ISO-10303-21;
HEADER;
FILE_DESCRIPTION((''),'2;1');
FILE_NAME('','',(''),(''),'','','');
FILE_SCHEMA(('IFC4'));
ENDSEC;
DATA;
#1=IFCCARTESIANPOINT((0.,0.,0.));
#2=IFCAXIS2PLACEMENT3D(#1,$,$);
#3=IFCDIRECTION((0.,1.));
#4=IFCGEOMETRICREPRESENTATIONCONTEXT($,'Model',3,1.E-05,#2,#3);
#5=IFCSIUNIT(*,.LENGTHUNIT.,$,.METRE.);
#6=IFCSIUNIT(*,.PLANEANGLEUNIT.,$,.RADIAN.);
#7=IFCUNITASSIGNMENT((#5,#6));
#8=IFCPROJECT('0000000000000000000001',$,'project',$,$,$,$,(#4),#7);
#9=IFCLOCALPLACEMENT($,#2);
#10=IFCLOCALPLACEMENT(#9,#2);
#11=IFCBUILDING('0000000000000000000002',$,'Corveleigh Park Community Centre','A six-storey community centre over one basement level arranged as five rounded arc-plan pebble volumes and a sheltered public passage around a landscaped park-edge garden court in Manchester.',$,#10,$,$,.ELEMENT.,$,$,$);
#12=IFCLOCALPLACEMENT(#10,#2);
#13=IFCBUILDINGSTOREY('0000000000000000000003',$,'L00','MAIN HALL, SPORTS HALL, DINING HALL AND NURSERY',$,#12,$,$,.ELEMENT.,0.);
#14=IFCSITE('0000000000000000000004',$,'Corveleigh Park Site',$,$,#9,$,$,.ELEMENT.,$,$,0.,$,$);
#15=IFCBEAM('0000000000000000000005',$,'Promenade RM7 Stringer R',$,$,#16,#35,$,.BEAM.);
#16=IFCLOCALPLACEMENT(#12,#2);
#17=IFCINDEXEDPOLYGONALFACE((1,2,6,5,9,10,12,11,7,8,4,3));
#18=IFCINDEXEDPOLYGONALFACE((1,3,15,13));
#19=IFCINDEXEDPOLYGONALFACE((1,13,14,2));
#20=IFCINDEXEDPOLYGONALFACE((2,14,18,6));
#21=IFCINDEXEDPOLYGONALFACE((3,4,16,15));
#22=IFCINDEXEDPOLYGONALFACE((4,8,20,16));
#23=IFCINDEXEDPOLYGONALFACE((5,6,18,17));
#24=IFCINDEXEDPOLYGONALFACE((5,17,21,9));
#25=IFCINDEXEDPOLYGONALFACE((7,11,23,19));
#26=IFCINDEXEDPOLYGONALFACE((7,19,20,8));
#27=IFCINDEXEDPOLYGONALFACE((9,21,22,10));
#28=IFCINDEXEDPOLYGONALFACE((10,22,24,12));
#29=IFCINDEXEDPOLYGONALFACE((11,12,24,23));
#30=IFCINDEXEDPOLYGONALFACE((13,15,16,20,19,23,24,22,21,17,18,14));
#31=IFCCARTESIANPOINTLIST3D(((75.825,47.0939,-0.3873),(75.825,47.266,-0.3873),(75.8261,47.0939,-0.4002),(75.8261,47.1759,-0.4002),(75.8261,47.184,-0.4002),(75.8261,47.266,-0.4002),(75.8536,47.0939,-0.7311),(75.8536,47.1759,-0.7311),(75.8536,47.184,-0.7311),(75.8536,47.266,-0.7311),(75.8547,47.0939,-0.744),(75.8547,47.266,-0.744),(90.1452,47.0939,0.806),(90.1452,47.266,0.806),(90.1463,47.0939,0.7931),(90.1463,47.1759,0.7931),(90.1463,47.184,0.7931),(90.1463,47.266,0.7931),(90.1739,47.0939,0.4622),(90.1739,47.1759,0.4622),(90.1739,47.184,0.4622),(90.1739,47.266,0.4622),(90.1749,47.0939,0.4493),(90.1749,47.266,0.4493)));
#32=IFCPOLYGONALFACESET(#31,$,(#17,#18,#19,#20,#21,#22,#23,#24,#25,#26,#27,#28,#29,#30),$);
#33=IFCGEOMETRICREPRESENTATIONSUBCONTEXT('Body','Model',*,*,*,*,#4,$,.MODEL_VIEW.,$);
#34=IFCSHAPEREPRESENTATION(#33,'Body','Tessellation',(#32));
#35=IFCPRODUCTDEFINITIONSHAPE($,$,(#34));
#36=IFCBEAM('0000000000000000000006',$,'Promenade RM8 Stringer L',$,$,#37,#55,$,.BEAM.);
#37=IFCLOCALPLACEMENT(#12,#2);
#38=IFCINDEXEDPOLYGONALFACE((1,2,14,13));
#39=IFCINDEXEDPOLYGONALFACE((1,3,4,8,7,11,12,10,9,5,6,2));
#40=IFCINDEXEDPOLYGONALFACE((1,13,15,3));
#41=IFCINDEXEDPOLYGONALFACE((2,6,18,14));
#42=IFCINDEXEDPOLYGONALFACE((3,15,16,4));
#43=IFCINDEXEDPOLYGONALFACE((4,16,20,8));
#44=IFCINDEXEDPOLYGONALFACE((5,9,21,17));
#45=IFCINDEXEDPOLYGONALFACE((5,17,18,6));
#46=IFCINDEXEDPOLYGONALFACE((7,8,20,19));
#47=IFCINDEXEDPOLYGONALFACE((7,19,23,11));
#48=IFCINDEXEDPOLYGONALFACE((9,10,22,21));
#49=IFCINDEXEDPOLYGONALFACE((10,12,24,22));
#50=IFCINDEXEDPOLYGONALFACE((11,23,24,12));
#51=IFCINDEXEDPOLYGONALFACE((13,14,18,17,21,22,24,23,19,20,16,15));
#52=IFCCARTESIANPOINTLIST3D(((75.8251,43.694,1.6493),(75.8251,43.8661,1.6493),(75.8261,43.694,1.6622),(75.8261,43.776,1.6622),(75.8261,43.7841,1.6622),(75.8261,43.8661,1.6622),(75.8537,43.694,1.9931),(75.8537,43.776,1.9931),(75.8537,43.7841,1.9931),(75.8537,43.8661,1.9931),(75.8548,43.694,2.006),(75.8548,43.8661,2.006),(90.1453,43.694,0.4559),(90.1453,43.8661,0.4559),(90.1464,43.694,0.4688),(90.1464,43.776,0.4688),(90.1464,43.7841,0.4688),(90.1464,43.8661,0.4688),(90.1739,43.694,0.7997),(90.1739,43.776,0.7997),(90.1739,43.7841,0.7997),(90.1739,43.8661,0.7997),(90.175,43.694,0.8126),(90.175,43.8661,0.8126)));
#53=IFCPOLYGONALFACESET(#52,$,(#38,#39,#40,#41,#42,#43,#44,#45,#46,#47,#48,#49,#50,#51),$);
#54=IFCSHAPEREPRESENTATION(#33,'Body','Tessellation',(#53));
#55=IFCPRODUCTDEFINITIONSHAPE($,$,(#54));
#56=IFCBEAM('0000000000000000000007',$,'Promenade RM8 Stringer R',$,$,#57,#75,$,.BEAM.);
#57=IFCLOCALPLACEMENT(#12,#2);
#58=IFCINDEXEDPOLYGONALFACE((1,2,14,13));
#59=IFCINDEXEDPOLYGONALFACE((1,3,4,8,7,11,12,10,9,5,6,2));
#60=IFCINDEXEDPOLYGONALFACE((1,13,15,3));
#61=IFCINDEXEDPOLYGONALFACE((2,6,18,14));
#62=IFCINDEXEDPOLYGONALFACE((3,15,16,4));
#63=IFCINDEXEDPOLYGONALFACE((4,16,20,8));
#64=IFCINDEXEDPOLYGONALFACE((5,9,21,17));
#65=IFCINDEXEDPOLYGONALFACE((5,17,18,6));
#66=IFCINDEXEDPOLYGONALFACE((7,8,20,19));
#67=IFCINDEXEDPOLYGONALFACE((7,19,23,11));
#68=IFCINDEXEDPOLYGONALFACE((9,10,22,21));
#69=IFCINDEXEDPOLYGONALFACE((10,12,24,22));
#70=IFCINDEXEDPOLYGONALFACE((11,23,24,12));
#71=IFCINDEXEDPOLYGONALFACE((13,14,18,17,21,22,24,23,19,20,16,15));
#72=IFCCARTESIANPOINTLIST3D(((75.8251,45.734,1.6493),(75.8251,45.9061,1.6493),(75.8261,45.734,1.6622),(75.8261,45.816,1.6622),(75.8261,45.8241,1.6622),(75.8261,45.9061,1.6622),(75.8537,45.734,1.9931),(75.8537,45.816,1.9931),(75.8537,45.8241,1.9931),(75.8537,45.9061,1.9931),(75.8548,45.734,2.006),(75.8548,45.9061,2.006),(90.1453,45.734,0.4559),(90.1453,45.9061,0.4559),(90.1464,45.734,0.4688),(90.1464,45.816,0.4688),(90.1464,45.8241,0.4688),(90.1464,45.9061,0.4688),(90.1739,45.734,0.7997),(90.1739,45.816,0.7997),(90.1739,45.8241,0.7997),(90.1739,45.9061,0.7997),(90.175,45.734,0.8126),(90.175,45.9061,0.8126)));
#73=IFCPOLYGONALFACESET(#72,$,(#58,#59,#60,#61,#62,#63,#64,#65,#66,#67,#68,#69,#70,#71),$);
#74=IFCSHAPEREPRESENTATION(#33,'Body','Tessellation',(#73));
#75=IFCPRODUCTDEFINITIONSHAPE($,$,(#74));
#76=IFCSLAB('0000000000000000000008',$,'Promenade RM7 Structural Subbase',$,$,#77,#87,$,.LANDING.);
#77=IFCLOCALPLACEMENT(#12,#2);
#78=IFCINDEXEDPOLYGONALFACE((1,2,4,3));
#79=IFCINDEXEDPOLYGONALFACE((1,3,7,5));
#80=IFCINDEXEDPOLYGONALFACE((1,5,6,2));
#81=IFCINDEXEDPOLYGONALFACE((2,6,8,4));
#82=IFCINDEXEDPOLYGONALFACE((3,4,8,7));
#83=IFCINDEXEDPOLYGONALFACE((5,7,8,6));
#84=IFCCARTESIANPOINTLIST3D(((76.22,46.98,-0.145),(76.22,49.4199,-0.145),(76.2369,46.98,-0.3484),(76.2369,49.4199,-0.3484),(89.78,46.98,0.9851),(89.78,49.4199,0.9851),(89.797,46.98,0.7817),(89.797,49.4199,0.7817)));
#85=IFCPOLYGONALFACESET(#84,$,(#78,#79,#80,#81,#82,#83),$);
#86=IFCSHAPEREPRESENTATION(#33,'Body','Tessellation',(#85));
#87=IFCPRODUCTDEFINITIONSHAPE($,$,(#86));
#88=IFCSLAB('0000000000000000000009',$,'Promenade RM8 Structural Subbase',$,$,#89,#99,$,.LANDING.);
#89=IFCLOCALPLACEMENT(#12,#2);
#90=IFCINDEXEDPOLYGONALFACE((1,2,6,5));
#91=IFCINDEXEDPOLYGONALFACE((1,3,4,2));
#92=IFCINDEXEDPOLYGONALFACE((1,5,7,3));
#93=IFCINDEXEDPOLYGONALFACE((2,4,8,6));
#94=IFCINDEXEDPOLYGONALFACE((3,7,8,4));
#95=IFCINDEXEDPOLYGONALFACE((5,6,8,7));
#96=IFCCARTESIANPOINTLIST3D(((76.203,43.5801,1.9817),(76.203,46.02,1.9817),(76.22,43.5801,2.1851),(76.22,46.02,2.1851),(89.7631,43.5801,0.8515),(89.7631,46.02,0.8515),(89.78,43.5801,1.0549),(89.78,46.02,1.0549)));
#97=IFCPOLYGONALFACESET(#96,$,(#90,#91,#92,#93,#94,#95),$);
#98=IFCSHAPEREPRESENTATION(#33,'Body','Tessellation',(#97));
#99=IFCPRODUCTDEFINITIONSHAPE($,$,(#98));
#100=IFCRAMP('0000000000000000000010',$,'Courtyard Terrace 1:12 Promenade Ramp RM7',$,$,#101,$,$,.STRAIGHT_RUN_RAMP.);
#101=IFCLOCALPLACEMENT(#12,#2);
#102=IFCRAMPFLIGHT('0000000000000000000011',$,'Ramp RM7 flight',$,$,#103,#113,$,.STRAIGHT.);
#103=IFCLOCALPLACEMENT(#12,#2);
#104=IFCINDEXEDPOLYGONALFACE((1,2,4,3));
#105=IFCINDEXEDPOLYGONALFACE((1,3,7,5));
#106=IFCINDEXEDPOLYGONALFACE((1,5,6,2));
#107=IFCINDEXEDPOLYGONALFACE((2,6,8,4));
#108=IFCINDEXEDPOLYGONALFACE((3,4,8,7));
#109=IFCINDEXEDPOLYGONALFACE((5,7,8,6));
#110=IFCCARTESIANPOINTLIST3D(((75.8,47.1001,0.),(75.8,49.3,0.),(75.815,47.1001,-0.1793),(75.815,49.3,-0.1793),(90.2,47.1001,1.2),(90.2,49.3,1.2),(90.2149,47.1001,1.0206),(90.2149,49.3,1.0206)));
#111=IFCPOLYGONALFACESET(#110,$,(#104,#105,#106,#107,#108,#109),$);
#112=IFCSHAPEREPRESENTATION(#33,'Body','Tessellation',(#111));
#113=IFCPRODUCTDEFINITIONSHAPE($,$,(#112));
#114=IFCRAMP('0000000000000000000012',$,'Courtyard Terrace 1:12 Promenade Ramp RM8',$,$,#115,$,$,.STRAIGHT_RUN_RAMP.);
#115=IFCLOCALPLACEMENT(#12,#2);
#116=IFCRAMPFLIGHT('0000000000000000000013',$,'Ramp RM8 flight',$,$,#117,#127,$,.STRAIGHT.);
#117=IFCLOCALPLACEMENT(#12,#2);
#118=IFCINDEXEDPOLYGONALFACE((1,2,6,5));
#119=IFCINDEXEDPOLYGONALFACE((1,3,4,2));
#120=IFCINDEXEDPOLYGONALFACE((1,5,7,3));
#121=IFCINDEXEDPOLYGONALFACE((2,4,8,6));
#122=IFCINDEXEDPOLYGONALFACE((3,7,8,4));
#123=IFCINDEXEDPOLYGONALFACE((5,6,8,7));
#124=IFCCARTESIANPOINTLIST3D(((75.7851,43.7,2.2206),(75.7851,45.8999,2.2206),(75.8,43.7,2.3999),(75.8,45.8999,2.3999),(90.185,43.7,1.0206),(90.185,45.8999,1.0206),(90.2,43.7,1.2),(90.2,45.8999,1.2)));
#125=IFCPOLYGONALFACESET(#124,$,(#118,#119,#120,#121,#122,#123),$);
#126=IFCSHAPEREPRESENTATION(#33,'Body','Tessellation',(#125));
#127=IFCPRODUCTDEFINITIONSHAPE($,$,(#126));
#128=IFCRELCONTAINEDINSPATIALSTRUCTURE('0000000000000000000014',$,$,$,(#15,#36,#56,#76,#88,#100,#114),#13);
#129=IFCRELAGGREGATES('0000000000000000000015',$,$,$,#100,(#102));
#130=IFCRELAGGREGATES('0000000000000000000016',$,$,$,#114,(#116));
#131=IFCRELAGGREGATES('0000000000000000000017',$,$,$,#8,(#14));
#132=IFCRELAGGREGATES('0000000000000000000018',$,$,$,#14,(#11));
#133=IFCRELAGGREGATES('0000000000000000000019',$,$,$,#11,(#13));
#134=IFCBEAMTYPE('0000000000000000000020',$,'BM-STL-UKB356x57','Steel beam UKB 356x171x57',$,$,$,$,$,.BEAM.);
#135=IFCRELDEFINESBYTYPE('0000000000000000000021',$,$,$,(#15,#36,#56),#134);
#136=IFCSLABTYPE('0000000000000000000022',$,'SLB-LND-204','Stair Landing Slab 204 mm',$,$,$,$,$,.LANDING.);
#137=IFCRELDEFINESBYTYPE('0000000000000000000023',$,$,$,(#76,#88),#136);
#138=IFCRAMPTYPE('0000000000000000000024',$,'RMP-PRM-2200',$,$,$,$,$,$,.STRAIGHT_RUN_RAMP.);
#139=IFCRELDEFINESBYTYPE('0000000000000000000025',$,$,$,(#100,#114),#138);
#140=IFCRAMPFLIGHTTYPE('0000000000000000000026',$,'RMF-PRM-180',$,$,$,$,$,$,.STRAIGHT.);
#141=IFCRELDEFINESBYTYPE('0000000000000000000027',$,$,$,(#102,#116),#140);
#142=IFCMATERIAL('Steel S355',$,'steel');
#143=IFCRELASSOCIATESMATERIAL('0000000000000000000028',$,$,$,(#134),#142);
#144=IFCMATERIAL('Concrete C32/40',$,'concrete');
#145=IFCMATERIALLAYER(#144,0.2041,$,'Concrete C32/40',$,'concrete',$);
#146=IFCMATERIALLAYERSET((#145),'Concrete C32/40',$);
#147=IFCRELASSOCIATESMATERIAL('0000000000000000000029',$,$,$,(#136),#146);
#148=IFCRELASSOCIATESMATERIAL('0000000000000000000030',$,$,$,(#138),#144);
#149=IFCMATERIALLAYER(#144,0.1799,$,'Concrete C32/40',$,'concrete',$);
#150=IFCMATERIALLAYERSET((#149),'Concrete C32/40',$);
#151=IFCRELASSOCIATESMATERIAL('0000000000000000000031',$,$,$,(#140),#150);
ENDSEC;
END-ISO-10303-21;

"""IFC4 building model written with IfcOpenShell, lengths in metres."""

from ifc_helpers import new_model, si_unit, direction, frame, origin, origin_2d, place, context, subcontext, project, spatial, polyline, i_section, outline, extrude, material, layer, layer_set, material_profile, profile_set, type_object, element, aggregate, save


model = new_model("IFC4")

# Units and contexts
model_context = context("Model", 3, precision=1e-05, world=origin(), true_north=direction((0.0, 1.0)))
body_context = subcontext(model_context, "Body", "Model", "MODEL_VIEW")
ifc_project = project(units=[si_unit("LENGTHUNIT", "METRE"), si_unit("PLANEANGLEUNIT", "RADIAN")], contexts=[model_context])

# Site, building, storey
site_placement = place(None, origin())
site = spatial("IfcSite", under=ifc_project, at=site_placement, Name="Corveleigh Park Site", CompositionType="ELEMENT", RefElevation=0.0)
building_placement = place(site_placement, origin())
building = spatial("IfcBuilding", under=site, at=building_placement, Name="Corveleigh Park Community Centre", Description="A six-storey community centre over one basement level arranged as five rounded arc-plan pebble volumes and a sheltered public passage around a landscaped park-edge garden court in Manchester.", CompositionType="ELEMENT")
storey_placement = place(building_placement, origin())
storey = spatial("IfcBuildingStorey", under=building, at=storey_placement, Name="L00", Description="MAIN HALL, SPORTS HALL, DINING HALL AND NURSERY", CompositionType="ELEMENT", Elevation=0.0)

# Beams
ifc_material_1 = material(Name="Steel S355", Category="steel")
ifc_material_profile_1 = material_profile(ifc_material_1, i_section(OverallWidth=0.1721, OverallDepth=0.3579, WebThickness=0.0081, FlangeThickness=0.0129, at=origin_2d()), Name="UKB 356x171x57", Category="steel")
ifc_profile_set_1 = profile_set([ifc_material_profile_1], Name="Steel S355")
beam_type = type_object("IfcBeamType", Name="BM-STL-UKB356x57", Description="Steel beam UKB 356x171x57", PredefinedType="BEAM", material=ifc_profile_set_1)
for number, where, z_axis, x_axis, name in (
    (1, (75.8398, 47.1799, -0.5657), (0.996546, 0.0, 0.083045), (0.0, 1.0, 0.0), "Promenade RM7 Stringer R"),
    (2, (90.1602, 43.78, 0.6343), (-0.996546, 0.0, 0.083045), (0.0, -1.0, 0.0), "Promenade RM8 Stringer L"),
    (3, (90.1602, 45.8201, 0.6343), (-0.996546, 0.0, 0.083045), (0.0, -1.0, 0.0), "Promenade RM8 Stringer R"),
):
    element("IfcBeam", number, at=place(storey_placement, frame(where, z_axis=z_axis, x_axis=x_axis)), inside=storey, type_object=beam_type, Name=name, PredefinedType="BEAM", context=body_context, shape_type="SweptSolid", body=[
        extrude(i_section(OverallWidth=0.1721, OverallDepth=0.3579, WebThickness=0.0081, FlangeThickness=0.0129, at=origin_2d()), origin(), (0.0, 0.0, 1.0), 14.3699),
    ])

# Slabs
ifc_material_2 = material(Name="Concrete C32/40", Category="concrete")
ifc_layer_1 = layer(ifc_material_2, 0.2041, Name="Concrete C32/40", Category="concrete")
ifc_layer_set_1 = layer_set([ifc_layer_1], Name="Concrete C32/40")
slab_type = type_object("IfcSlabType", Name="SLB-LND-204", Description="Stair Landing Slab 204 mm", PredefinedType="LANDING", material=ifc_layer_set_1)
for number, where, z_axis, x_axis, name in (
    (4, (76.22, 46.98, -0.145), (-0.083054, 0.0, 0.996545), (0.996545, 0.0, 0.083054), "Promenade RM7 Structural Subbase"),
    (5, (89.78, 46.02, 1.0549), (0.083054, 0.0, 0.996545), (-0.996545, 0.0, 0.083054), "Promenade RM8 Structural Subbase"),
):
    element("IfcSlab", number, at=place(storey_placement, frame(where, z_axis=z_axis, x_axis=x_axis)), inside=storey, type_object=slab_type, Name=name, PredefinedType="LANDING", context=body_context, shape_type="SweptSolid", body=[
        extrude(outline(polyline([(0.0, 0.0), (13.6071, 0.0), (13.6071, 2.4399), (0.0, 2.4399), (0.0, 0.0)])), origin(), (0.0, 0.0, -1.0), 0.2041),
    ])

# Ramps, ramp flights
ramp_type = type_object("IfcRampType", Name="RMP-PRM-2200", PredefinedType="STRAIGHT_RUN_RAMP", material=ifc_material_2)
ramp_1_placement = place(storey_placement, origin())
ramp_1 = element("IfcRamp", 6, at=ramp_1_placement, inside=storey, type_object=ramp_type, Name="Courtyard Terrace 1:12 Promenade Ramp RM7", PredefinedType="STRAIGHT_RUN_RAMP")
ifc_layer_2 = layer(ifc_material_2, 0.1799, Name="Concrete C32/40", Category="concrete")
ifc_layer_set_2 = layer_set([ifc_layer_2], Name="Concrete C32/40")
ramp_flight_type = type_object("IfcRampFlightType", Name="RMF-PRM-180", PredefinedType="STRAIGHT", material=ifc_layer_set_2)
ramp_flight_1_placement = place(storey_placement, frame((75.8, 47.1001, 0.0), z_axis=(-0.083043, 0.0, 0.996546), x_axis=(0.996546, 0.0, 0.083043)))
ramp_flight_1 = element("IfcRampFlight", 7, at=ramp_flight_1_placement, type_object=ramp_flight_type, Name="Ramp RM7 flight", PredefinedType="STRAIGHT", context=body_context, shape_type="SweptSolid", body=[
    extrude(outline(polyline([(0.0, 0.0), (14.4498, 0.0), (14.4498, 2.2), (0.0, 2.2), (0.0, 0.0)])), origin(), (0.0, 0.0, -1.0), 0.1799),
])
aggregate(ramp_1, [ramp_flight_1])
ramp_2_placement = place(storey_placement, origin())
ramp_2 = element("IfcRamp", 8, at=ramp_2_placement, inside=storey, type_object=ramp_type, Name="Courtyard Terrace 1:12 Promenade Ramp RM8", PredefinedType="STRAIGHT_RUN_RAMP")
ramp_flight_2_placement = place(storey_placement, frame((90.2, 45.8999, 1.2), z_axis=(0.083043, 0.0, 0.996546), x_axis=(-0.996546, 0.0, 0.083043)))
ramp_flight_2 = element("IfcRampFlight", 9, at=ramp_flight_2_placement, type_object=ramp_flight_type, Name="Ramp RM8 flight", PredefinedType="STRAIGHT", context=body_context, shape_type="SweptSolid", body=[
    extrude(outline(polyline([(0.0, 0.0), (14.4498, 0.0), (14.4498, 2.2), (0.0, 2.2), (0.0, 0.0)])), origin(), (0.0, 0.0, -1.0), 0.1799),
])
aggregate(ramp_2, [ramp_flight_2])

save(model, "model.ifc")
